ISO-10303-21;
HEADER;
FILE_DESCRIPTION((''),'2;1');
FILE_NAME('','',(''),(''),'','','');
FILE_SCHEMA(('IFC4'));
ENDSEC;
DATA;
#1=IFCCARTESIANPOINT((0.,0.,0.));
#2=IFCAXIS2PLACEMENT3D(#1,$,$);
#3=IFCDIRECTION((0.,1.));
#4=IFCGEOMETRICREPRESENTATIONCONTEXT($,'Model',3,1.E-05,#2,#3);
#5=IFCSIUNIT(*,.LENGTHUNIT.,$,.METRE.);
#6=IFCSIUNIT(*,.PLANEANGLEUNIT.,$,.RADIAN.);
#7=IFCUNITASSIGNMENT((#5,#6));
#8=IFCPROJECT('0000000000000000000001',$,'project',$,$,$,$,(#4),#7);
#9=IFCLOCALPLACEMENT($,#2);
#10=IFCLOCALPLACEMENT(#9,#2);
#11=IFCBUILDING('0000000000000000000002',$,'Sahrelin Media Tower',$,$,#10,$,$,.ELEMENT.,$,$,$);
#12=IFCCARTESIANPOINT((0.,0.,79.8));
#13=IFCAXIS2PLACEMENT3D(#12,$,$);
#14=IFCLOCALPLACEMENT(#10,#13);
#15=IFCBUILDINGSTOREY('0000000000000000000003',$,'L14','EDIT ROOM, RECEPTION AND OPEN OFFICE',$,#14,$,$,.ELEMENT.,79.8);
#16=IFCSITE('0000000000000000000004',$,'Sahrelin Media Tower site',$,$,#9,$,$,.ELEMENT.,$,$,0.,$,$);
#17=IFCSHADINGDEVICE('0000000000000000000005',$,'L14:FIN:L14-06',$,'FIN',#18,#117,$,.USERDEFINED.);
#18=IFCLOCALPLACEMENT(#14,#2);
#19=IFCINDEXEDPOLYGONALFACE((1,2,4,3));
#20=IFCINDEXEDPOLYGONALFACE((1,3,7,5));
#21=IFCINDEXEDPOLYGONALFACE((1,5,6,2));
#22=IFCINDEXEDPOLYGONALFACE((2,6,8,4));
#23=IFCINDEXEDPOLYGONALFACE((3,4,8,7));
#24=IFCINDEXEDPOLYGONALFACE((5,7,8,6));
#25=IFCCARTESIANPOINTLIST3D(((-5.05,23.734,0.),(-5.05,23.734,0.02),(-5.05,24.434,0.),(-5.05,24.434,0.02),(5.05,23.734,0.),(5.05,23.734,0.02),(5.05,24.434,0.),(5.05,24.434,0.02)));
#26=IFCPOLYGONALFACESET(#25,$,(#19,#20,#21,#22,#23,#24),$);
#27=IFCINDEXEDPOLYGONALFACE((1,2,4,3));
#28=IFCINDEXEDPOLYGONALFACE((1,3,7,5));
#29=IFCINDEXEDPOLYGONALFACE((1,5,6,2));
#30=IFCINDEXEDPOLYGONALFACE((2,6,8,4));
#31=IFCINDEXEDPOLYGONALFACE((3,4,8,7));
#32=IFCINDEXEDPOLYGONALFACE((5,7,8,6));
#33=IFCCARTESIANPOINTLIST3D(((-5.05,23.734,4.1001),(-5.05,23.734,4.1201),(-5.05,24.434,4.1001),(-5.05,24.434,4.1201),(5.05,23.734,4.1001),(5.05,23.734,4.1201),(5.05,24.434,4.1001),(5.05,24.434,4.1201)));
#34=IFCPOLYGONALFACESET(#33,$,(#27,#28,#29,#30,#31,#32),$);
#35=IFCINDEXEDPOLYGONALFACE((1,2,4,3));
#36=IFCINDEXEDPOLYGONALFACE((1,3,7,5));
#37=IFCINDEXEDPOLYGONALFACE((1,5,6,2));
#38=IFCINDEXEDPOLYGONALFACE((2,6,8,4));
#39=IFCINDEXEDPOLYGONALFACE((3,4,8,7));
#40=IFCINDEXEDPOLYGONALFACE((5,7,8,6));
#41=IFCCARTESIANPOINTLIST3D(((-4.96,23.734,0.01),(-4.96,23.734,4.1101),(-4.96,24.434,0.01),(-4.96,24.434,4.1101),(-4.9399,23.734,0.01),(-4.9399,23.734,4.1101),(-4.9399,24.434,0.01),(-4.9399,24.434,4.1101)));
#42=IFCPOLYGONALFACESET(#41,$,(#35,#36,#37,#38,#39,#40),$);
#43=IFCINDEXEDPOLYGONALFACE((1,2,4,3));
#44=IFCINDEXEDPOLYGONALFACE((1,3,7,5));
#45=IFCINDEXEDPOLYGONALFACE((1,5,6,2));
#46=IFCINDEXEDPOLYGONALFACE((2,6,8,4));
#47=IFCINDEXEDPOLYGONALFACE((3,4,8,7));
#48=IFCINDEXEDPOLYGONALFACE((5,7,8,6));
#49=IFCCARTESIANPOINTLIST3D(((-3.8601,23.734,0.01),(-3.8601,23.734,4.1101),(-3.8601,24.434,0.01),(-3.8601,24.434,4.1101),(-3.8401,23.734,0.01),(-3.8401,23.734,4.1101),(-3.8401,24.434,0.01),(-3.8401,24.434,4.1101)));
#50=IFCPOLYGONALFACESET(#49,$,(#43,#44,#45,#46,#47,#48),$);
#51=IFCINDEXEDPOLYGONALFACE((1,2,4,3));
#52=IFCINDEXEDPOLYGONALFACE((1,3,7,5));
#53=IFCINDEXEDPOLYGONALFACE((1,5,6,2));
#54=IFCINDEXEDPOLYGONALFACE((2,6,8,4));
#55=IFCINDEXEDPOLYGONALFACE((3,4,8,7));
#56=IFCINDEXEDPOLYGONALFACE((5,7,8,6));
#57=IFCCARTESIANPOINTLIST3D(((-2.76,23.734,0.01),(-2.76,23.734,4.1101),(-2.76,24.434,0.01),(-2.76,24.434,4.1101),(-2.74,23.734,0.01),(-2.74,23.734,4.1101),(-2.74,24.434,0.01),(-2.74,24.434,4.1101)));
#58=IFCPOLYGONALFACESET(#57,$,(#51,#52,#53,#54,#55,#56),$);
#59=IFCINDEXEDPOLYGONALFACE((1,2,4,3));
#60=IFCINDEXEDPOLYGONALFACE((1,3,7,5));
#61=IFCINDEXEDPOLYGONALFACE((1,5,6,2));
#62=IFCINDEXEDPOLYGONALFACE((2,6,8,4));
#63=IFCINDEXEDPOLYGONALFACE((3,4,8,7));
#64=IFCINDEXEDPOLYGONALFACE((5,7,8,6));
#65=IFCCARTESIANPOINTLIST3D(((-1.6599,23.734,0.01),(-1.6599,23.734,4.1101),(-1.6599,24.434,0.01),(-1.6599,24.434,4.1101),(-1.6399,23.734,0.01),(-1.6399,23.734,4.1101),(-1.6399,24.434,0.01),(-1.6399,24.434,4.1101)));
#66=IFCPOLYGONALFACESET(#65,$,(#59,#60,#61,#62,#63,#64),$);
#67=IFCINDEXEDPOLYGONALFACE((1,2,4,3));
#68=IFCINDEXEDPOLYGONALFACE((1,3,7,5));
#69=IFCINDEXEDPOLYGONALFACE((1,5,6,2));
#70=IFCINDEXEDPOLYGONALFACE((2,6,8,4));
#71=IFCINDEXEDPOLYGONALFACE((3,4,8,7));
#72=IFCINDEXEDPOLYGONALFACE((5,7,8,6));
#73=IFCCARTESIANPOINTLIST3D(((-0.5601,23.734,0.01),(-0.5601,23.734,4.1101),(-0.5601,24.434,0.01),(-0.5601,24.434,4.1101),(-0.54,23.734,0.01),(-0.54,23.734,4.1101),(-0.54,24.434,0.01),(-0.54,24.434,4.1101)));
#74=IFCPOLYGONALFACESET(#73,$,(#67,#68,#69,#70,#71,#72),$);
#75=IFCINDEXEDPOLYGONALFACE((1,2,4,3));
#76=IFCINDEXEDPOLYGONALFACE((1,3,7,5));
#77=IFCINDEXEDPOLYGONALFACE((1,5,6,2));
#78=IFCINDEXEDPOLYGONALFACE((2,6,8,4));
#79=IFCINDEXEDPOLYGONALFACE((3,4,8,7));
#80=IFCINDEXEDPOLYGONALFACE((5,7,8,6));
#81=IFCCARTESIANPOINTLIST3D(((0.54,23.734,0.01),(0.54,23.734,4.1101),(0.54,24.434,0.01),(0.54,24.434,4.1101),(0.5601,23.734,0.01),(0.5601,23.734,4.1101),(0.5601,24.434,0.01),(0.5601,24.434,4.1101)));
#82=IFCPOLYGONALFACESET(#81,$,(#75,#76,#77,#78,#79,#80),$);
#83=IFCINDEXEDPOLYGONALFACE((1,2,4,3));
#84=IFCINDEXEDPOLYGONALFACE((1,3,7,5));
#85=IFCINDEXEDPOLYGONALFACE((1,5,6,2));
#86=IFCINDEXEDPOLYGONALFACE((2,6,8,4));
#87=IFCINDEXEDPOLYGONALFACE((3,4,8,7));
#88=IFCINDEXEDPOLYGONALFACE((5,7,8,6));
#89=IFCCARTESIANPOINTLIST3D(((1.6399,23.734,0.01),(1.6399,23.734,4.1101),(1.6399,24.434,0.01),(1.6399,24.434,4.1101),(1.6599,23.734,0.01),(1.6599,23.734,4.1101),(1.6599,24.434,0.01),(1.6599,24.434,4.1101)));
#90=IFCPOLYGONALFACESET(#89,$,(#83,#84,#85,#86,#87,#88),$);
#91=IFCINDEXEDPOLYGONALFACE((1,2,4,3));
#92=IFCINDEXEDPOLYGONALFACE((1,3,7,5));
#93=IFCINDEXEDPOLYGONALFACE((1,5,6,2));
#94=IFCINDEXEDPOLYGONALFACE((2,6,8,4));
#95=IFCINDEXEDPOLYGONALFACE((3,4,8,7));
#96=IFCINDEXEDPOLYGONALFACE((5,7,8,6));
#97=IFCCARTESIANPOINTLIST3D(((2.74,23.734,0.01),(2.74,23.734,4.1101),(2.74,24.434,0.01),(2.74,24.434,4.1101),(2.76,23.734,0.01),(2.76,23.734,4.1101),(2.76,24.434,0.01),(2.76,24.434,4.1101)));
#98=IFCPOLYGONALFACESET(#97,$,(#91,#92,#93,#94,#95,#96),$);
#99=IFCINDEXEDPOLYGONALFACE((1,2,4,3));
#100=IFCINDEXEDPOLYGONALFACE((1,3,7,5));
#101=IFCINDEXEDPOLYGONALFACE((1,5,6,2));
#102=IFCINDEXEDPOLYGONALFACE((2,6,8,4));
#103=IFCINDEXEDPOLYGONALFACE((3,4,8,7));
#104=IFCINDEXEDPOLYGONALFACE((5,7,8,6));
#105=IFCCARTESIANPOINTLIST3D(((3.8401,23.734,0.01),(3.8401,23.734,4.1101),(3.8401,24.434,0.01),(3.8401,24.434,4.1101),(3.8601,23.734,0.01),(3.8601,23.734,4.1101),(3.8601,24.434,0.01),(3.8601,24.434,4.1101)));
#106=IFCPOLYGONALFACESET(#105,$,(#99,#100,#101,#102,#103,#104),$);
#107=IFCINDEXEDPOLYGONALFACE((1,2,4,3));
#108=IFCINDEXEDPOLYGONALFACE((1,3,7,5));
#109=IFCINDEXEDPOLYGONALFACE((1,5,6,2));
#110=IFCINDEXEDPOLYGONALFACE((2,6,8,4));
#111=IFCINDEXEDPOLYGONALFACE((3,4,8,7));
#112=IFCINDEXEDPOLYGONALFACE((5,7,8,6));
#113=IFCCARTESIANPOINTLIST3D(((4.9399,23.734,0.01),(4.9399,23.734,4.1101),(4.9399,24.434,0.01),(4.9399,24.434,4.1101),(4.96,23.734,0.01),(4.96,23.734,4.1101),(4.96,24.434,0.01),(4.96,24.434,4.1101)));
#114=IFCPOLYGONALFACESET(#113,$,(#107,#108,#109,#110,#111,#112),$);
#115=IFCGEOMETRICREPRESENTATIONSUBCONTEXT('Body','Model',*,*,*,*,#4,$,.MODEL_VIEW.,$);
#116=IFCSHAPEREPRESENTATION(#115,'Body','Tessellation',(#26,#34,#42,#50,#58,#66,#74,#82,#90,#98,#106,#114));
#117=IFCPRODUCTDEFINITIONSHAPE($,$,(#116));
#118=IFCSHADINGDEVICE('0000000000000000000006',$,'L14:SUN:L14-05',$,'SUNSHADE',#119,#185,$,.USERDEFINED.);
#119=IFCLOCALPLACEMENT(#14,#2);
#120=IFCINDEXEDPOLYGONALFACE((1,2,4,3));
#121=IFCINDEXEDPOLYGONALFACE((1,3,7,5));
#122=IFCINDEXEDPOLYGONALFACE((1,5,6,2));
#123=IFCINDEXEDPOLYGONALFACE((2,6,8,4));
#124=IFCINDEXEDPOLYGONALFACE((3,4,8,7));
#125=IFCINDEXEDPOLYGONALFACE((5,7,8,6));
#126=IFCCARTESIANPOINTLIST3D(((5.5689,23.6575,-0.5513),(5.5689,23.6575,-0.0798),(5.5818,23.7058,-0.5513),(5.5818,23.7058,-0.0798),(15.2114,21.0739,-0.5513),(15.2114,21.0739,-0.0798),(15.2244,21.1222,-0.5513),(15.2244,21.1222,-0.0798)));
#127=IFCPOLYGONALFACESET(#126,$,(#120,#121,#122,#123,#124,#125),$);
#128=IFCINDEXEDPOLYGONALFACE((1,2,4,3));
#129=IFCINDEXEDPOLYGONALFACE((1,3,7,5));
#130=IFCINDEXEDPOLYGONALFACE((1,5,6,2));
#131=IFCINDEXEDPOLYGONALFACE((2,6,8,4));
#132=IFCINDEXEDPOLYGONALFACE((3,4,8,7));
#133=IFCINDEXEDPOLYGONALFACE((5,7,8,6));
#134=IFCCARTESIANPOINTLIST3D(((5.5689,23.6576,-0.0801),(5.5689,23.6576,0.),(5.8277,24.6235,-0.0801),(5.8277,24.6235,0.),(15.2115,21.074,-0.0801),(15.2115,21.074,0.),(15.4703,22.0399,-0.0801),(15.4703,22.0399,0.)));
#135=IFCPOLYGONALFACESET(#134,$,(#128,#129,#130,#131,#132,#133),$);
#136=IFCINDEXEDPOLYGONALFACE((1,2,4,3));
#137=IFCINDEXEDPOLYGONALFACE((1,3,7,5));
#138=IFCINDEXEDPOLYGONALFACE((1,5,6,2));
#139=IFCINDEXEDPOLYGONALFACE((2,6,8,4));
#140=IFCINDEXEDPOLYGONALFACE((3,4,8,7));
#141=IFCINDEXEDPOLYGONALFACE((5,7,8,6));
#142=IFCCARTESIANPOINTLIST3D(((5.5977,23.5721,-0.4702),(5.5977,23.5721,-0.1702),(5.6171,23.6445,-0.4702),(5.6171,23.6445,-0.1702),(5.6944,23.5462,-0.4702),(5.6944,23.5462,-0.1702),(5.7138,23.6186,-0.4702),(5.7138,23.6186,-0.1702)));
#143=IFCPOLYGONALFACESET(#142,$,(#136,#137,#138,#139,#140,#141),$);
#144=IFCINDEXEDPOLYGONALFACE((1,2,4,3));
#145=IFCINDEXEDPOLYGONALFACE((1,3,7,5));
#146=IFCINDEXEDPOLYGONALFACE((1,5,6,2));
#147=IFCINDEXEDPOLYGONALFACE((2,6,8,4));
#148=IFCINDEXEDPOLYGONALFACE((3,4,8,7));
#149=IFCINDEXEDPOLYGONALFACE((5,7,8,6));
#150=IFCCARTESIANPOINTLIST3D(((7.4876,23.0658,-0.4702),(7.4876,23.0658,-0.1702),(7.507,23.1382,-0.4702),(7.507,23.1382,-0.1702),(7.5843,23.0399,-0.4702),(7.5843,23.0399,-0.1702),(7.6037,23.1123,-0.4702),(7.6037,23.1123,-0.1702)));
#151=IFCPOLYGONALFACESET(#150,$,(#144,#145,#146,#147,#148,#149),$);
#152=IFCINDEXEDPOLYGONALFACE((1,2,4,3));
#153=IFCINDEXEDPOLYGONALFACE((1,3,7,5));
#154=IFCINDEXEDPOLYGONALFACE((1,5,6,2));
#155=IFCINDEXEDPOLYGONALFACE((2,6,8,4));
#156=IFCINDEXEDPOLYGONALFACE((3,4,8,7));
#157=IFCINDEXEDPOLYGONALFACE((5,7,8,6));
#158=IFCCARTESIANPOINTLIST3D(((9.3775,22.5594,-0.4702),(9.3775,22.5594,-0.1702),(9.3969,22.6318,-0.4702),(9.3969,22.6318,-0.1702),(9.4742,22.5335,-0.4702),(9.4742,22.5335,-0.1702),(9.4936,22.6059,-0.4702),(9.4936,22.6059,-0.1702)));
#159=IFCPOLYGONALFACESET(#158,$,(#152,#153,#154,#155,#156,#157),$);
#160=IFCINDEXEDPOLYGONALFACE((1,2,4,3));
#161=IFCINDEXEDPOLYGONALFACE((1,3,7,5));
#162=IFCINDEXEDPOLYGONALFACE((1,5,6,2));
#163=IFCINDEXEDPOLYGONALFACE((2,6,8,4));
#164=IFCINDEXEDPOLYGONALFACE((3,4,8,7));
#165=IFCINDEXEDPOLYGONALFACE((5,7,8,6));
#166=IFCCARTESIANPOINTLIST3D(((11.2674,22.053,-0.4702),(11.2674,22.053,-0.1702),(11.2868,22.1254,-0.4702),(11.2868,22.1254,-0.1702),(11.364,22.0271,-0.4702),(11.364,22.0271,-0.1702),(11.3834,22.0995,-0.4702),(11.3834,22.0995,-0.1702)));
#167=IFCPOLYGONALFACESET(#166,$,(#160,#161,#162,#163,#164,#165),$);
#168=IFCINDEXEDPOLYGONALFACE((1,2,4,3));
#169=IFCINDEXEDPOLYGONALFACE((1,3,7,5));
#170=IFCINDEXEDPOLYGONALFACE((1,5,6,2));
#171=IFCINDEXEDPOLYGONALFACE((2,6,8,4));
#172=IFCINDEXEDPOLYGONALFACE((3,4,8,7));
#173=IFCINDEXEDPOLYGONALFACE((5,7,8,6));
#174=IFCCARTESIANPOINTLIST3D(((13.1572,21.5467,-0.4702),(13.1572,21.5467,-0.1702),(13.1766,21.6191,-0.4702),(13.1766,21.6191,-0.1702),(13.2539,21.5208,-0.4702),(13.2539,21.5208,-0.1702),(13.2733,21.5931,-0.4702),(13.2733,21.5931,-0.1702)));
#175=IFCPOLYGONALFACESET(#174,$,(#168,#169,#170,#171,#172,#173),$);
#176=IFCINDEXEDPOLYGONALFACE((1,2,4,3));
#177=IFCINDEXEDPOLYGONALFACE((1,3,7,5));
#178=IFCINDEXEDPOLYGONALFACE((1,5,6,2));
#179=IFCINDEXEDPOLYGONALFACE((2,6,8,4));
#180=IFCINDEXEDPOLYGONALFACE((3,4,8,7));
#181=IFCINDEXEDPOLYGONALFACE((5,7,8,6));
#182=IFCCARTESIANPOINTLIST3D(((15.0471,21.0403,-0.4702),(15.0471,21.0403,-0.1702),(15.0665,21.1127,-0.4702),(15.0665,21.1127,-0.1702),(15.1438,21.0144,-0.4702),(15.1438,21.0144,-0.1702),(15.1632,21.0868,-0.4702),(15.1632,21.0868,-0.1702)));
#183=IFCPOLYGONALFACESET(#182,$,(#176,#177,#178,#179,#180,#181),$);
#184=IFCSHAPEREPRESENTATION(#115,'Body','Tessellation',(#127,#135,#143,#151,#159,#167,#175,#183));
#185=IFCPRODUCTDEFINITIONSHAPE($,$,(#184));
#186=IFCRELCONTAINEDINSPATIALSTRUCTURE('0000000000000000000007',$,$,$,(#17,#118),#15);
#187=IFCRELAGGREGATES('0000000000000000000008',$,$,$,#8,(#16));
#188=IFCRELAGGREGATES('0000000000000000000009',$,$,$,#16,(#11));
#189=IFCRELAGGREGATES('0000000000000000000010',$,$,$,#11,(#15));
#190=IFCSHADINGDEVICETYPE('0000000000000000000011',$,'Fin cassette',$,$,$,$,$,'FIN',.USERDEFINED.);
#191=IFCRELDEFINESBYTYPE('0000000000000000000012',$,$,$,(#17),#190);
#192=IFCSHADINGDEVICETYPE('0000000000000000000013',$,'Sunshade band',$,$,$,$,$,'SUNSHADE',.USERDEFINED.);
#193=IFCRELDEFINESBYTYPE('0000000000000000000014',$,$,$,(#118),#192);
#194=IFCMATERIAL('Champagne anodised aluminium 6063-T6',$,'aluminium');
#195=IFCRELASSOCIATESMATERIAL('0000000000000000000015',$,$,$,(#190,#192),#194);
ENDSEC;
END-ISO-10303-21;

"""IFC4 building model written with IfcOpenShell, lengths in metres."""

from ifc_helpers import new_model, si_unit, direction, frame, origin, origin_2d, place, context, subcontext, project, spatial, rectangle, extrude, material, type_object, element, save


model = new_model("IFC4")

# Units and contexts
model_context = context("Model", 3, precision=1e-05, world=origin(), true_north=direction((0.0, 1.0)))
body_context = subcontext(model_context, "Body", "Model", "MODEL_VIEW")
ifc_project = project(units=[si_unit("LENGTHUNIT", "METRE"), si_unit("PLANEANGLEUNIT", "RADIAN")], contexts=[model_context])

# Site, building, storey
site_placement = place(None, origin())
site = spatial("IfcSite", under=ifc_project, at=site_placement, Name="Sahrelin Media Tower site", CompositionType="ELEMENT", RefElevation=0.0)
building_placement = place(site_placement, origin())
building = spatial("IfcBuilding", under=site, at=building_placement, Name="Sahrelin Media Tower", CompositionType="ELEMENT")
storey_placement = place(building_placement, frame((0.0, 0.0, 79.8)))
storey = spatial("IfcBuildingStorey", under=building, at=storey_placement, Name="L14", Description="EDIT ROOM, RECEPTION AND OPEN OFFICE", CompositionType="ELEMENT", Elevation=79.8)

# Shared definitions
ifc_material_1 = material(Name="Champagne anodised aluminium 6063-T6", Category="aluminium")
placement_1 = place(storey_placement, frame((0.0, 23.6641, 0.0), z_axis=(0.0, 0.0, 1.0), x_axis=(1.0, 0.0, 0.0)))

# Shading devices
shading_device_type_1 = type_object("IfcShadingDeviceType", Name="Fin cassette", ElementType="FIN", PredefinedType="USERDEFINED", material=ifc_material_1)
placement_2 = place(storey_placement, frame((10.385, 22.3464, 0.0), z_axis=(0.0, 0.0, 1.0), x_axis=(0.965929, -0.258808, 0.0)))
element("IfcShadingDevice", 1, at=placement_1, inside=storey, type_object=shading_device_type_1, Name="L14:FIN:L14-06", ObjectType="FIN", PredefinedType="USERDEFINED", context=body_context, shape_type="SweptSolid", body=[
    extrude(rectangle(XDim=10.1001, YDim=0.7, at=origin_2d()), frame((0.0, 0.4199, 0.0)), (0.0, 0.0, 1.0), 0.02),
    extrude(rectangle(XDim=10.1001, YDim=0.7, at=origin_2d()), frame((0.0, 0.4199, 4.1001)), (0.0, 0.0, 1.0), 0.02),
    extrude(rectangle(XDim=0.02, YDim=0.7, at=origin_2d()), frame((-4.95, 0.4199, 0.01), z_axis=(0.0, 0.0, 1.0), x_axis=(1.0, 0.0, 0.0)), (0.0, 0.0, 1.0), 4.1001),
    extrude(rectangle(XDim=0.02, YDim=0.7, at=origin_2d()), frame((-3.8501, 0.4199, 0.01), z_axis=(0.0, 0.0, 1.0), x_axis=(1.0, 0.0, 0.0)), (0.0, 0.0, 1.0), 4.1001),
    extrude(rectangle(XDim=0.02, YDim=0.7, at=origin_2d()), frame((-2.75, 0.4199, 0.01), z_axis=(0.0, 0.0, 1.0), x_axis=(1.0, 0.0, 0.0)), (0.0, 0.0, 1.0), 4.1001),
    extrude(rectangle(XDim=0.02, YDim=0.7, at=origin_2d()), frame((-1.6499, 0.4199, 0.01), z_axis=(0.0, 0.0, 1.0), x_axis=(1.0, 0.0, 0.0)), (0.0, 0.0, 1.0), 4.1001),
    extrude(rectangle(XDim=0.02, YDim=0.7, at=origin_2d()), frame((-0.55, 0.4199, 0.01), z_axis=(0.0, 0.0, 1.0), x_axis=(1.0, 0.0, 0.0)), (0.0, 0.0, 1.0), 4.1001),
    extrude(rectangle(XDim=0.02, YDim=0.7, at=origin_2d()), frame((0.55, 0.4199, 0.01), z_axis=(0.0, 0.0, 1.0), x_axis=(1.0, 0.0, 0.0)), (0.0, 0.0, 1.0), 4.1001),
    extrude(rectangle(XDim=0.02, YDim=0.7, at=origin_2d()), frame((1.6499, 0.4199, 0.01), z_axis=(0.0, 0.0, 1.0), x_axis=(1.0, 0.0, 0.0)), (0.0, 0.0, 1.0), 4.1001),
    extrude(rectangle(XDim=0.02, YDim=0.7, at=origin_2d()), frame((2.75, 0.4199, 0.01), z_axis=(0.0, 0.0, 1.0), x_axis=(1.0, 0.0, 0.0)), (0.0, 0.0, 1.0), 4.1001),
    extrude(rectangle(XDim=0.02, YDim=0.7, at=origin_2d()), frame((3.8501, 0.4199, 0.01), z_axis=(0.0, 0.0, 1.0), x_axis=(1.0, 0.0, 0.0)), (0.0, 0.0, 1.0), 4.1001),
    extrude(rectangle(XDim=0.02, YDim=0.7, at=origin_2d()), frame((4.95, 0.4199, 0.01), z_axis=(0.0, 0.0, 1.0), x_axis=(1.0, 0.0, 0.0)), (0.0, 0.0, 1.0), 4.1001),
])
shading_device_type_2 = type_object("IfcShadingDeviceType", Name="Sunshade band", ElementType="SUNSHADE", PredefinedType="USERDEFINED", material=ifc_material_1)
element("IfcShadingDevice", 2, at=placement_2, inside=storey, type_object=shading_device_type_2, Name="L14:SUN:L14-05", ObjectType="SUNSHADE", PredefinedType="USERDEFINED", context=body_context, shape_type="SweptSolid", body=[
    extrude(rectangle(XDim=9.9827, YDim=0.05, at=origin_2d()), frame((0.0, 0.0449, -0.5513)), (0.0, 0.0, 1.0), 0.4714),
    extrude(rectangle(XDim=9.9827, YDim=1.0, at=origin_2d()), frame((0.0, 0.52, -0.0801)), (0.0, 0.0, 1.0), 0.0801),
    extrude(rectangle(XDim=0.1001, YDim=0.075, at=origin_2d()), frame((-4.8914, -0.0176, -0.4702)), (0.0, 0.0, 1.0), 0.3),
    extrude(rectangle(XDim=0.1001, YDim=0.075, at=origin_2d()), frame((-2.9348, -0.0176, -0.4702)), (0.0, 0.0, 1.0), 0.3),
    extrude(rectangle(XDim=0.1001, YDim=0.075, at=origin_2d()), frame((-0.9783, -0.0176, -0.4702)), (0.0, 0.0, 1.0), 0.3),
    extrude(rectangle(XDim=0.1001, YDim=0.075, at=origin_2d()), frame((0.9783, -0.0176, -0.4702)), (0.0, 0.0, 1.0), 0.3),
    extrude(rectangle(XDim=0.1001, YDim=0.075, at=origin_2d()), frame((2.9348, -0.0176, -0.4702)), (0.0, 0.0, 1.0), 0.3),
    extrude(rectangle(XDim=0.1001, YDim=0.075, at=origin_2d()), frame((4.8914, -0.0176, -0.4702)), (0.0, 0.0, 1.0), 0.3),
])

save(model, "model.ifc")
